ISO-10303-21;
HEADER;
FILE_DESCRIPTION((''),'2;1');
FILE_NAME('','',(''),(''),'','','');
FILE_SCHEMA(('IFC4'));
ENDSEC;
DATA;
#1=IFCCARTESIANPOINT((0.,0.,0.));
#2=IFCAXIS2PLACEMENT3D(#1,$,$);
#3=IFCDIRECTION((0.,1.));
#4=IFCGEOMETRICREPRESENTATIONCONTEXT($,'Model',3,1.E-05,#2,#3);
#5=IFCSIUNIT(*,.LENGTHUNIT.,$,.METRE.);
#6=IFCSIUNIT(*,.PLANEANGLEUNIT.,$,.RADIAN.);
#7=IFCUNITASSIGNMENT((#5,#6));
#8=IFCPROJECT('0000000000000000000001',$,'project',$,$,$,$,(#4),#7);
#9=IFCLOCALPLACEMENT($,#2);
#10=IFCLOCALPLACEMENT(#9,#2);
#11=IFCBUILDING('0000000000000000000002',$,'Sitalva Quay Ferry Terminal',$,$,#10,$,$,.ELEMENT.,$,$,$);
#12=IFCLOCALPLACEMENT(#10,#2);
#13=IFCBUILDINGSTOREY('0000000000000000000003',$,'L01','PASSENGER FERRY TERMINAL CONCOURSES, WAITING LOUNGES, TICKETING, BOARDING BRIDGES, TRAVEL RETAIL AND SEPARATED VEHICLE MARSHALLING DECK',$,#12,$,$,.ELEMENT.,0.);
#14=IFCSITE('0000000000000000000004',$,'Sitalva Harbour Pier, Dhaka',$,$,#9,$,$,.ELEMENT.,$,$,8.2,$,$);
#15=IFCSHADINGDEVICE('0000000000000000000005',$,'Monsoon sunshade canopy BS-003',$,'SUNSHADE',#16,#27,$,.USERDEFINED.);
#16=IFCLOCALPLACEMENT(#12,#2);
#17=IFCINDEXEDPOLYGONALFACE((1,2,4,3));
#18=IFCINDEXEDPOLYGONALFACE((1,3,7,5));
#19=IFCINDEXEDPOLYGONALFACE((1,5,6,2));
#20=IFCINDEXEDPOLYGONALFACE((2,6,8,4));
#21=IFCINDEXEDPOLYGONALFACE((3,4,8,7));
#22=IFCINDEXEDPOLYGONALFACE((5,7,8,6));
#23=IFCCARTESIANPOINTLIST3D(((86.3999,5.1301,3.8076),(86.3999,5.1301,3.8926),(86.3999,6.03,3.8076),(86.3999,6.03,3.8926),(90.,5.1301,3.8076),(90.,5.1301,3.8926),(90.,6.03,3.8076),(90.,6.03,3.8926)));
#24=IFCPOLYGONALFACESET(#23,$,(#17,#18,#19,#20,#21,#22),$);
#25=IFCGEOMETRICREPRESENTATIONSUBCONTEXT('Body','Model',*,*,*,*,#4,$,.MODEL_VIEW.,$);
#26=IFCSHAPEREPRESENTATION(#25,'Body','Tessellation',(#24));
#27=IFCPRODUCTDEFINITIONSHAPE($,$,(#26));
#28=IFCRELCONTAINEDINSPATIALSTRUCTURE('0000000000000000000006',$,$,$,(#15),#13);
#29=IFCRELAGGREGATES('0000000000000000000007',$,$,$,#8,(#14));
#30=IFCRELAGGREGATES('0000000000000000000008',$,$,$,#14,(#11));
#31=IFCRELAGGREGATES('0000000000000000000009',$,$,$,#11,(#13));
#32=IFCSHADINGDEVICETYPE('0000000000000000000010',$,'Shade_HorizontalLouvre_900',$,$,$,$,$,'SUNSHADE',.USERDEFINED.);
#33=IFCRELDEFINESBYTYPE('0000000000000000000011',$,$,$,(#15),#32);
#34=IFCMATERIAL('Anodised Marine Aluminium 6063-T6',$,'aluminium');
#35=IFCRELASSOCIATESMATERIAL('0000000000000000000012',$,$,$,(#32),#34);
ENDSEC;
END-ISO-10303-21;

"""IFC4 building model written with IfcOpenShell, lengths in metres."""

from ifc_helpers import new_model, si_unit, direction, frame, origin, origin_2d, place, context, subcontext, project, spatial, rectangle, extrude, material, type_object, element, save


model = new_model("IFC4")

# Units and contexts
model_context = context("Model", 3, precision=1e-05, world=origin(), true_north=direction((0.0, 1.0)))
body_context = subcontext(model_context, "Body", "Model", "MODEL_VIEW")
ifc_project = project(units=[si_unit("LENGTHUNIT", "METRE"), si_unit("PLANEANGLEUNIT", "RADIAN")], contexts=[model_context])

# Site, building, storey
site_placement = place(None, origin())
site = spatial("IfcSite", under=ifc_project, at=site_placement, Name="Sitalva Harbour Pier, Dhaka", CompositionType="ELEMENT", RefElevation=8.2)
building_placement = place(site_placement, origin())
building = spatial("IfcBuilding", under=site, at=building_placement, Name="Sitalva Quay Ferry Terminal", CompositionType="ELEMENT")
storey_placement = place(building_placement, origin())
storey = spatial("IfcBuildingStorey", under=building, at=storey_placement, Name="L01", Description="PASSENGER FERRY TERMINAL CONCOURSES, WAITING LOUNGES, TICKETING, BOARDING BRIDGES, TRAVEL RETAIL AND SEPARATED VEHICLE MARSHALLING DECK", CompositionType="ELEMENT", Elevation=0.0)

# Shading device
ifc_material_1 = material(Name="Anodised Marine Aluminium 6063-T6", Category="aluminium")
shading_device_type = type_object("IfcShadingDeviceType", Name="Shade_HorizontalLouvre_900", ElementType="SUNSHADE", PredefinedType="USERDEFINED", material=ifc_material_1)
shading_device_placement = place(storey_placement, frame((88.2, 5.5801, 3.8076), z_axis=(0.0, 0.0, 1.0), x_axis=(1.0, 0.0, 0.0)))
element("IfcShadingDevice", 1, at=shading_device_placement, inside=storey, type_object=shading_device_type, Name="Monsoon sunshade canopy BS-003", ObjectType="SUNSHADE", PredefinedType="USERDEFINED", context=body_context, shape_type="SweptSolid", body=[
    extrude(rectangle(XDim=3.6001, YDim=0.8999, at=origin_2d()), origin(), (0.0, 0.0, 1.0), 0.085),
])

save(model, "model.ifc")
